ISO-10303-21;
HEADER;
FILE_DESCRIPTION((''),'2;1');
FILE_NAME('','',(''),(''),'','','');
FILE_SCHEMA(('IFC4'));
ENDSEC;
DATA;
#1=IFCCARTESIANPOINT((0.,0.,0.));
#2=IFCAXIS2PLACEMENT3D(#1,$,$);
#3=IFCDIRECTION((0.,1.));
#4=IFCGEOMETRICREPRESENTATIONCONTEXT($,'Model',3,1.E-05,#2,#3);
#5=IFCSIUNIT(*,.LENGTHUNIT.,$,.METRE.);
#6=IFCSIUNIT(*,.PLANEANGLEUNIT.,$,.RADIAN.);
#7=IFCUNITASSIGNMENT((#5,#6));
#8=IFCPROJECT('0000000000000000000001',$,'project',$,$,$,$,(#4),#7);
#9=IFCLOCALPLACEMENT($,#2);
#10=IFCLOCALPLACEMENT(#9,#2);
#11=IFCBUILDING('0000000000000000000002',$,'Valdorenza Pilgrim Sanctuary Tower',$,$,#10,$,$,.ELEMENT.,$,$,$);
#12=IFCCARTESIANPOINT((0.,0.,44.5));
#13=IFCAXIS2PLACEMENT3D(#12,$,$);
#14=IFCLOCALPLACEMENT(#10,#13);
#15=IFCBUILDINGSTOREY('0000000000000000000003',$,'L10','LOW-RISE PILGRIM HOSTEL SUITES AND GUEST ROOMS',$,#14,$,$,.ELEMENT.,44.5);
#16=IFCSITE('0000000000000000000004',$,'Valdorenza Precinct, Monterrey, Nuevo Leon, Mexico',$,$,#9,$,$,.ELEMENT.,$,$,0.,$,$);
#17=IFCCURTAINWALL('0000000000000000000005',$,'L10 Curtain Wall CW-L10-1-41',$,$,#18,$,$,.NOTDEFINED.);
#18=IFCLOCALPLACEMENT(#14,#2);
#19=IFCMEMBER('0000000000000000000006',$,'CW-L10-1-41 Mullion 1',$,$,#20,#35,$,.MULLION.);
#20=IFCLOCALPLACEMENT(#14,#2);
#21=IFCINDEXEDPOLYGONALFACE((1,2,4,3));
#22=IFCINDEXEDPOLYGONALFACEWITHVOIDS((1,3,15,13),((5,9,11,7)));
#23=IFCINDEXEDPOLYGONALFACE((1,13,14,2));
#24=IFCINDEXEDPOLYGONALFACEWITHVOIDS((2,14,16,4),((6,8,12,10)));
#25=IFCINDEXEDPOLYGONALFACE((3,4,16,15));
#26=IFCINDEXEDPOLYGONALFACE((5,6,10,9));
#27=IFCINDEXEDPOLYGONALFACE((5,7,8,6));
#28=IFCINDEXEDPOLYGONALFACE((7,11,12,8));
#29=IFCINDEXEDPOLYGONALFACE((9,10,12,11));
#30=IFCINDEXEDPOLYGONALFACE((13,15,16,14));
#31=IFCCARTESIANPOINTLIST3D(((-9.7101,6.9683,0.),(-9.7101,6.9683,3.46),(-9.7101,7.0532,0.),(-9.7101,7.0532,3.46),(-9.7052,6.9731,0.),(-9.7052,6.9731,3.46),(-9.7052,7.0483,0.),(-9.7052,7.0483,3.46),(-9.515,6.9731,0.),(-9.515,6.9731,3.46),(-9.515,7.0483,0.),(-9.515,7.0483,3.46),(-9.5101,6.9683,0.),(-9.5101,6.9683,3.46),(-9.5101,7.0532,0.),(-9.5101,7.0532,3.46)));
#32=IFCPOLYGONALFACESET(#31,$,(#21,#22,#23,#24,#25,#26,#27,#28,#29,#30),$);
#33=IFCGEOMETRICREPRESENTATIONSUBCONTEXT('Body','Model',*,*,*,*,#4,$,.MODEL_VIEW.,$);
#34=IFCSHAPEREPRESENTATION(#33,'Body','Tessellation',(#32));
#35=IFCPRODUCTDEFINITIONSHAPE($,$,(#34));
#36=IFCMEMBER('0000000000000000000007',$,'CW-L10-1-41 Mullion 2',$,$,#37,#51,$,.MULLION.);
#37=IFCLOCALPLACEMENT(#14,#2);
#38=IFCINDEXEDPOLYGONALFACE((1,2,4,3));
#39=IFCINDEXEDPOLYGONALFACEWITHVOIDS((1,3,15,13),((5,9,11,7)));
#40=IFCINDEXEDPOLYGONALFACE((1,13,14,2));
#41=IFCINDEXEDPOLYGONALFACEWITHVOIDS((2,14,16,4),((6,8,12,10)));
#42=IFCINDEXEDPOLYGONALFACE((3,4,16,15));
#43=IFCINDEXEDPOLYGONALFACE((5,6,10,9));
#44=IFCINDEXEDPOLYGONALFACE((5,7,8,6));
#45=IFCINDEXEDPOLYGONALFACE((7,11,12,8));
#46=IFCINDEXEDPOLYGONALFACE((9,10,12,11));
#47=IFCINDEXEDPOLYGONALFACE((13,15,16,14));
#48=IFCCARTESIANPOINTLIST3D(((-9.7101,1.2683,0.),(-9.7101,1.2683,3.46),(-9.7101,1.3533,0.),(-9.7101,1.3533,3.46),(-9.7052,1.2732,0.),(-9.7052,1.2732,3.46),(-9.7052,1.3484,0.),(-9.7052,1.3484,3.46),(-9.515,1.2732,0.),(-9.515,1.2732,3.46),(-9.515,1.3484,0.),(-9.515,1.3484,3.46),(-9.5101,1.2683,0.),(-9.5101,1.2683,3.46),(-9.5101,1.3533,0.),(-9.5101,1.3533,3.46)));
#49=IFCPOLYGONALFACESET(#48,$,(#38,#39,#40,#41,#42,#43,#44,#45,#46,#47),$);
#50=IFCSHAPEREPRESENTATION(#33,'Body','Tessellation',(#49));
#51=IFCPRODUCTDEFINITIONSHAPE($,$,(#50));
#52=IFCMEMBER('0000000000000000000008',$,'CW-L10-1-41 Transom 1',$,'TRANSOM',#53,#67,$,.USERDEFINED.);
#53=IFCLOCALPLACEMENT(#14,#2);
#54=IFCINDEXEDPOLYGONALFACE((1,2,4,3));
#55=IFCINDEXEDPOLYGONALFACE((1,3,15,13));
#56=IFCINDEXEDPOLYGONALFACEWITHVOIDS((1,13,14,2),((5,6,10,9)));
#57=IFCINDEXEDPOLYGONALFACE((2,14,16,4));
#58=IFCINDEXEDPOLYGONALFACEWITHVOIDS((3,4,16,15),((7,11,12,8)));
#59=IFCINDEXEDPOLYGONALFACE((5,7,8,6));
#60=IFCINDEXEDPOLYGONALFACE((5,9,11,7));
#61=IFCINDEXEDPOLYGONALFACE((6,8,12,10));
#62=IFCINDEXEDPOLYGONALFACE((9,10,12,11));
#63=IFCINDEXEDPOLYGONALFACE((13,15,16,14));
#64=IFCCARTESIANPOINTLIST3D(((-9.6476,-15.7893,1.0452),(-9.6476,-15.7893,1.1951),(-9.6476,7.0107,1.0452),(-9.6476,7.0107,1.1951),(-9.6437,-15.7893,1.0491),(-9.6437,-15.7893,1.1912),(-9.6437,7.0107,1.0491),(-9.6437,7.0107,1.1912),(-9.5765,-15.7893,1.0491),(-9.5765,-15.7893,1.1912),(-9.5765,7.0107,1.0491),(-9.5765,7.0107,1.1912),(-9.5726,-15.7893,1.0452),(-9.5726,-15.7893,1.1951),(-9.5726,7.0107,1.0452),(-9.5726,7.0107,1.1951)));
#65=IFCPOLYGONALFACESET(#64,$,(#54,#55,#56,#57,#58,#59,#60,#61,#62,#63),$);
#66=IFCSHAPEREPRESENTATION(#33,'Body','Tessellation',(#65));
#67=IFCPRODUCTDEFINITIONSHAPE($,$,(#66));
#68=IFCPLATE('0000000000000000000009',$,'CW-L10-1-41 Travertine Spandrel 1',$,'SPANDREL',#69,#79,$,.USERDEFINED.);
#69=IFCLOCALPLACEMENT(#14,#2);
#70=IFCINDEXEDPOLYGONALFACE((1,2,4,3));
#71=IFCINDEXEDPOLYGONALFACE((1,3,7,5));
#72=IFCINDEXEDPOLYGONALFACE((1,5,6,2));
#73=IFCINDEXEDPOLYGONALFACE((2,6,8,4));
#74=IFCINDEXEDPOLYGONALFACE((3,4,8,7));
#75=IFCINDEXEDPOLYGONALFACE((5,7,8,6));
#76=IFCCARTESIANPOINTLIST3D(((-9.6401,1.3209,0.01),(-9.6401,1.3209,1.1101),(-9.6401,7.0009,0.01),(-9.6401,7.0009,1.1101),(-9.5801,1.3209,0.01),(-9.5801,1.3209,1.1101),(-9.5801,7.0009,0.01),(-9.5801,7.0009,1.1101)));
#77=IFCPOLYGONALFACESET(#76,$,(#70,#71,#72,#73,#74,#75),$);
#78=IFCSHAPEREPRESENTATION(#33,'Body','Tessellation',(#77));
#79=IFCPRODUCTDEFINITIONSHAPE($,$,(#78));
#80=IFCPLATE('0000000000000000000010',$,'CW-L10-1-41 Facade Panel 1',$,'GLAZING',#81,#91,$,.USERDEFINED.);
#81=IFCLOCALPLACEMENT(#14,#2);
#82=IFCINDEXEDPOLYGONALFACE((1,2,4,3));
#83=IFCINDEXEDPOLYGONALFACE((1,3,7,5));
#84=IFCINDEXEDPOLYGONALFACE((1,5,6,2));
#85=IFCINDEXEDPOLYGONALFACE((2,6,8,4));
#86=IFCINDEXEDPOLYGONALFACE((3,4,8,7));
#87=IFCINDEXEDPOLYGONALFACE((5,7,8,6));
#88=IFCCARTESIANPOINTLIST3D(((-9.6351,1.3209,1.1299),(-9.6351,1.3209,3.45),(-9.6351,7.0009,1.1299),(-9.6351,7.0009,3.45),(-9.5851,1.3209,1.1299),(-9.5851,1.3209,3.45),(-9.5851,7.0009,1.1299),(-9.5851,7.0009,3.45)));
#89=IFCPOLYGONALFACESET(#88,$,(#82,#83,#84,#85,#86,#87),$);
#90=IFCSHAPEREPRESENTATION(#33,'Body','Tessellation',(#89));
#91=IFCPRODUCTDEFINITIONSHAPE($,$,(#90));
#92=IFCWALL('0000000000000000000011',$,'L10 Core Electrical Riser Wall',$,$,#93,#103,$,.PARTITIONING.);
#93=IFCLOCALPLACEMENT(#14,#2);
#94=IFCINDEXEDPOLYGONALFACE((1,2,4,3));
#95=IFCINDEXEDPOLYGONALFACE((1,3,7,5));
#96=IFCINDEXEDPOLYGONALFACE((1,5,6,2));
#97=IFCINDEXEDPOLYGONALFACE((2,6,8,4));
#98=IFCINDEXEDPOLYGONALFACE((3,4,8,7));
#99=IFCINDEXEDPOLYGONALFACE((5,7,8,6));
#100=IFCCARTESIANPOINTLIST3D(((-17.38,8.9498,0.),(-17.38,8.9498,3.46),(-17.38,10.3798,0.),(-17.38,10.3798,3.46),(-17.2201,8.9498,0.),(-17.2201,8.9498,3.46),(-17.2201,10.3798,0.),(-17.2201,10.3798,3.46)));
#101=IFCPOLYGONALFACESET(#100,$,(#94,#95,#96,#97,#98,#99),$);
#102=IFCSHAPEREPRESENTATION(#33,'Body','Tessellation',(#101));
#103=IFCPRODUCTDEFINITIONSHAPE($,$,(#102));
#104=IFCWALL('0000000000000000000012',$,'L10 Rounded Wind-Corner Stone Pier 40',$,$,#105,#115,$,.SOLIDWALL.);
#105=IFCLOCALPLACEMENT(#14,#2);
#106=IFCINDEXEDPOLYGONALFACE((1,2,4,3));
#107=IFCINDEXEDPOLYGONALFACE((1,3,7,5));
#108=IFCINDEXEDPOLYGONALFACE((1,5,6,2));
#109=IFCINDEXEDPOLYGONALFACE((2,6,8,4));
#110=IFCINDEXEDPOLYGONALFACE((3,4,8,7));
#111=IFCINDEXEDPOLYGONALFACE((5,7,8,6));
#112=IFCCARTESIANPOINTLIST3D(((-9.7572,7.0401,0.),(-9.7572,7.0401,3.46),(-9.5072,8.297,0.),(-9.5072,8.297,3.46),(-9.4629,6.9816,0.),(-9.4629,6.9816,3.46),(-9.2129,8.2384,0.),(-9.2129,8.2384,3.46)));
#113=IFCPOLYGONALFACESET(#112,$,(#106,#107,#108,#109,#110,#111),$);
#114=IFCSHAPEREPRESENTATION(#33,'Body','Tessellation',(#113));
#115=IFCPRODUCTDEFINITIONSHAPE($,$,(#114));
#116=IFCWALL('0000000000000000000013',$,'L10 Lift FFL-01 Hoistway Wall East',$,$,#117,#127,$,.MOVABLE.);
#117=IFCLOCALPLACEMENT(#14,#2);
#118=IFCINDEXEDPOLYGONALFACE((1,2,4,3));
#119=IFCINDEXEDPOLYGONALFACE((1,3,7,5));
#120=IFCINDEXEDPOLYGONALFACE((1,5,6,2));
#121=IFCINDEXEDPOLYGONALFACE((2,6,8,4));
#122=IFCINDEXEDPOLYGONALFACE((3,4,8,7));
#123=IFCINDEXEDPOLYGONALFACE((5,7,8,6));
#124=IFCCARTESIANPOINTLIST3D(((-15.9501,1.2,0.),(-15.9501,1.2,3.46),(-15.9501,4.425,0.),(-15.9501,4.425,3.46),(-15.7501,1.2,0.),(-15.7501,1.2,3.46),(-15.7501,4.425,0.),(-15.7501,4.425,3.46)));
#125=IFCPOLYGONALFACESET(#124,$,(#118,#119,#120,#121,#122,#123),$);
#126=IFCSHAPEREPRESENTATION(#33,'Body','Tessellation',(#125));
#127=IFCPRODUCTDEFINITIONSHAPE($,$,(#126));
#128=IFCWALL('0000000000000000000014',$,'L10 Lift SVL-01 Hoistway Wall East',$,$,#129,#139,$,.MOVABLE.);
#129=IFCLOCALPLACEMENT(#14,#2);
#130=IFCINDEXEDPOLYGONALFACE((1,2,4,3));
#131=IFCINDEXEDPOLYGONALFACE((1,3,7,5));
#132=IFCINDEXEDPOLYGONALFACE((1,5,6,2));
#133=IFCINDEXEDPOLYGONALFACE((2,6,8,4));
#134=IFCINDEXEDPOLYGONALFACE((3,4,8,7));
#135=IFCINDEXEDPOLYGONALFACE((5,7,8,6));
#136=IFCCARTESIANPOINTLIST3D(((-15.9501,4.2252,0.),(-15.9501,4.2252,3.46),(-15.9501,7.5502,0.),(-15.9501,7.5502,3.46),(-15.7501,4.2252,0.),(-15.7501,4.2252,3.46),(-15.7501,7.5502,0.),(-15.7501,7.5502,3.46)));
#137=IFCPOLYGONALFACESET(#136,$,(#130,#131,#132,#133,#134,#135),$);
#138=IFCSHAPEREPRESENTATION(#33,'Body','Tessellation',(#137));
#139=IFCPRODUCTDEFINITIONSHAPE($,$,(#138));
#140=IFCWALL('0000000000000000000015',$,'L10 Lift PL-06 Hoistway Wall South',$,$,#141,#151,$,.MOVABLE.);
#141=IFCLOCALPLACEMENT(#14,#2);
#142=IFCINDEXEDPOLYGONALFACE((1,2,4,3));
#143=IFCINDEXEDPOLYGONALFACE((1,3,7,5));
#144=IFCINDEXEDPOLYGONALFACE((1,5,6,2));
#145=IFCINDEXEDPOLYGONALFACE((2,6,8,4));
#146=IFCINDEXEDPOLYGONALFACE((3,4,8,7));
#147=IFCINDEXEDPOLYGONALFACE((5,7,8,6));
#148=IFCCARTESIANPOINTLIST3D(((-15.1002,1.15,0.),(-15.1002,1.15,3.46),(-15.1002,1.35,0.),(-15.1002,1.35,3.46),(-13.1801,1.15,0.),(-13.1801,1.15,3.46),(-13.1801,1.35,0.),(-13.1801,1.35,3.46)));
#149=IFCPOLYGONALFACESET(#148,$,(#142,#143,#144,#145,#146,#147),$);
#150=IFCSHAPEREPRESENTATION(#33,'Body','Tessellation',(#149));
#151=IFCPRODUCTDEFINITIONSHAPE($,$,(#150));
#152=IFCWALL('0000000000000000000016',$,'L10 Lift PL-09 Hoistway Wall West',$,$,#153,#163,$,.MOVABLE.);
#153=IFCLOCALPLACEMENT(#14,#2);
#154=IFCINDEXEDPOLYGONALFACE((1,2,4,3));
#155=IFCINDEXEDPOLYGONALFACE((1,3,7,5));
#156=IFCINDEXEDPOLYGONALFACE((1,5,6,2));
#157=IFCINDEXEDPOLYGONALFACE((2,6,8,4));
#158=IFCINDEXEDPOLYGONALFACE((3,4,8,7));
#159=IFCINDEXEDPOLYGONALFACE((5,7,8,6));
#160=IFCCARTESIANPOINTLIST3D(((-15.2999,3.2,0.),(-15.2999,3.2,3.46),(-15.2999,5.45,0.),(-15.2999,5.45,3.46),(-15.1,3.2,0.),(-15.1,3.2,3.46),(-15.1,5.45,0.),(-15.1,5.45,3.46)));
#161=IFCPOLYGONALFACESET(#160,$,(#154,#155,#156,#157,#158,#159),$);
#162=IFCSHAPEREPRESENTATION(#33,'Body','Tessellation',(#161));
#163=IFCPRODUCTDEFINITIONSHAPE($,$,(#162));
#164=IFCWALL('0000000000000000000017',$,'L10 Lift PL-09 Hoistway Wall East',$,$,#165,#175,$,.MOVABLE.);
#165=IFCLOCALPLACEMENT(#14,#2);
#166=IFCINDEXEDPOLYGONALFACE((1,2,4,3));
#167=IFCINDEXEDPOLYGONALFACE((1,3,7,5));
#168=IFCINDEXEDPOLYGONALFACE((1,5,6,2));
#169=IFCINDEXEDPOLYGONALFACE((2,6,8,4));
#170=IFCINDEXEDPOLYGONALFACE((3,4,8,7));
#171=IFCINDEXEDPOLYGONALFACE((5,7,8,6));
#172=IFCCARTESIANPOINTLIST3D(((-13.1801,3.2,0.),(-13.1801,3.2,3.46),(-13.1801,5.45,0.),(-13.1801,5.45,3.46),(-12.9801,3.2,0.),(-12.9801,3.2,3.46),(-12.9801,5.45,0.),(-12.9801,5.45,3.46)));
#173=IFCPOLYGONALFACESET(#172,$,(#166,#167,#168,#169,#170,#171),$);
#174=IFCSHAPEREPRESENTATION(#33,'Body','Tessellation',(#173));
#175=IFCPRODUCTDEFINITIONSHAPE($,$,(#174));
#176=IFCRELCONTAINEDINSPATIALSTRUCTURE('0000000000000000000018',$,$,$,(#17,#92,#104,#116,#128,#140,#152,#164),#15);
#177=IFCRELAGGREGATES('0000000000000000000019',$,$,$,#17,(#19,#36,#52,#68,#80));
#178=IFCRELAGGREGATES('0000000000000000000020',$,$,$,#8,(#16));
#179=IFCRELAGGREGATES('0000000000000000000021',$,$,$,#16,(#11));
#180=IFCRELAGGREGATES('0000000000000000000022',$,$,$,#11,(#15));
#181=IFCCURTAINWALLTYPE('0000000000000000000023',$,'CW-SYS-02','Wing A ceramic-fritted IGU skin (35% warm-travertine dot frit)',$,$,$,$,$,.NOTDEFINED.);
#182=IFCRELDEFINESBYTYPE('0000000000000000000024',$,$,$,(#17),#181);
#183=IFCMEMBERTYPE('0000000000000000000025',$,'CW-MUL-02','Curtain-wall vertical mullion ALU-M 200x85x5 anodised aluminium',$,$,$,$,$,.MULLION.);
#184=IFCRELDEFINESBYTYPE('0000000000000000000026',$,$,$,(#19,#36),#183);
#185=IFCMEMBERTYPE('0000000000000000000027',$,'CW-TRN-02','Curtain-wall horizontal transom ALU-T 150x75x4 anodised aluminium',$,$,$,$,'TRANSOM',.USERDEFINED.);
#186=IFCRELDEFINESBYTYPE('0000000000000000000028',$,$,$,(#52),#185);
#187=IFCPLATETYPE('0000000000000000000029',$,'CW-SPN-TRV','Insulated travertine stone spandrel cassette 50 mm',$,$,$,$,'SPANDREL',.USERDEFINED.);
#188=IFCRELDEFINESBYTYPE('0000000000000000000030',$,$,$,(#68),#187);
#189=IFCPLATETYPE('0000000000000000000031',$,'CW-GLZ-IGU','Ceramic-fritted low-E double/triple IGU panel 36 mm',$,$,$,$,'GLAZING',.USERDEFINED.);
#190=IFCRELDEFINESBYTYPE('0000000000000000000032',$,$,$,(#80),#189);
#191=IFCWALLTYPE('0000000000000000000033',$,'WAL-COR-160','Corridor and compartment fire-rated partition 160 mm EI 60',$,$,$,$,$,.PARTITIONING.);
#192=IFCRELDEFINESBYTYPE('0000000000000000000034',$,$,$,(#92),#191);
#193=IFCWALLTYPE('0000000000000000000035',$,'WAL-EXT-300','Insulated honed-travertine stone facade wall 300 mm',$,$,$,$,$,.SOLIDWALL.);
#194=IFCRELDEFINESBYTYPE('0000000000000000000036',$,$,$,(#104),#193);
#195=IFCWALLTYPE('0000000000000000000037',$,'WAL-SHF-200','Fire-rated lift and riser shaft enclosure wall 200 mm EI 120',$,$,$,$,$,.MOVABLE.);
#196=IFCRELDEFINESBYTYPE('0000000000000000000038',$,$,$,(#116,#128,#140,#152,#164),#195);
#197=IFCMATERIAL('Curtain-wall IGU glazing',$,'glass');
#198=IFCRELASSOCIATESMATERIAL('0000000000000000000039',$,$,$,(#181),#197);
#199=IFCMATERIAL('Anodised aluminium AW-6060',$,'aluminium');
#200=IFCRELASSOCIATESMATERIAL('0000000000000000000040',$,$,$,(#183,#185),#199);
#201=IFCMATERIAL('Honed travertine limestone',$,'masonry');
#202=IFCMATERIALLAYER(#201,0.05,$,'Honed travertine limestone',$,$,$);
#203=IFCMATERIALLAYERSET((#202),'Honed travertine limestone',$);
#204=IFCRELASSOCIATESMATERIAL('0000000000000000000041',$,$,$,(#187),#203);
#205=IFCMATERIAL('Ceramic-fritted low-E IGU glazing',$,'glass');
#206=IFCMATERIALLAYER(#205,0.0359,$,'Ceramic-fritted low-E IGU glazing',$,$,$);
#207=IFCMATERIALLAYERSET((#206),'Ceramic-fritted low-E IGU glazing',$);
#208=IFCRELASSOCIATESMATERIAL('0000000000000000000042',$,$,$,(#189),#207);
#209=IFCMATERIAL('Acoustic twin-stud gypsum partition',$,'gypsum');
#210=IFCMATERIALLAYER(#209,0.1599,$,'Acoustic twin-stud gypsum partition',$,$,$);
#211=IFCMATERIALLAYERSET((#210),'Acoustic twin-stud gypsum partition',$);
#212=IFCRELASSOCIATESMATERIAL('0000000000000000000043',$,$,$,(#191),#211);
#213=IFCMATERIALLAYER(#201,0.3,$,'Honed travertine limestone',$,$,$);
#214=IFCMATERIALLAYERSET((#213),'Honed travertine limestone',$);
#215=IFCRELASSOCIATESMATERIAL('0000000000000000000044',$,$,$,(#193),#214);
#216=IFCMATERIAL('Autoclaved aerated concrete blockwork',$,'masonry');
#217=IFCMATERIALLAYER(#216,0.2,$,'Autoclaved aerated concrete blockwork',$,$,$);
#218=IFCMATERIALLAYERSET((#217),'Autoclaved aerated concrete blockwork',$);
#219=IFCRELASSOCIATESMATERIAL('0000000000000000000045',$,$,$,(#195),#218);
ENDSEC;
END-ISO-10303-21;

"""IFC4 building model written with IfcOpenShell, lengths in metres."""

from ifc_helpers import new_model, si_unit, direction, frame, frame_2d, origin, origin_2d, place, context, subcontext, project, spatial, rectangle, hollow_rectangle, extrude, source, transform, mapped, material, layer, layer_set, material_profile, profile_set, type_object, element, aggregate, save


model = new_model("IFC4")

# Units and contexts
model_context = context("Model", 3, precision=1e-05, world=origin(), true_north=direction((0.0, 1.0)))
body_context = subcontext(model_context, "Body", "Model", "MODEL_VIEW")
ifc_project = project(units=[si_unit("LENGTHUNIT", "METRE"), si_unit("PLANEANGLEUNIT", "RADIAN")], contexts=[model_context])

# Site, building, storey
site_placement = place(None, origin())
site = spatial("IfcSite", under=ifc_project, at=site_placement, Name="Valdorenza Precinct, Monterrey, Nuevo Leon, Mexico", CompositionType="ELEMENT", RefElevation=0.0)
building_placement = place(site_placement, origin())
building = spatial("IfcBuilding", under=site, at=building_placement, Name="Valdorenza Pilgrim Sanctuary Tower", CompositionType="ELEMENT")
storey_placement = place(building_placement, frame((0.0, 0.0, 44.5)))
storey = spatial("IfcBuildingStorey", under=building, at=storey_placement, Name="L10", Description="LOW-RISE PILGRIM HOSTEL SUITES AND GUEST ROOMS", CompositionType="ELEMENT", Elevation=44.5)

# Curtain wall, members, plates
ifc_material_1 = material(Name="Curtain-wall IGU glazing", Category="glass")
curtain_wall_type = type_object("IfcCurtainWallType", Name="CW-SYS-02", Description="Wing A ceramic-fritted IGU skin (35% warm-travertine dot frit)", PredefinedType="NOTDEFINED", material=ifc_material_1)
curtain_wall_placement = place(storey_placement, origin())
curtain_wall = element("IfcCurtainWall", 1, at=curtain_wall_placement, inside=storey, type_object=curtain_wall_type, Name="L10 Curtain Wall CW-L10-1-41", PredefinedType="NOTDEFINED")
ifc_material_2 = material(Name="Anodised aluminium AW-6060", Category="aluminium")
ifc_material_profile_1 = material_profile(ifc_material_2, hollow_rectangle(XDim=0.085, YDim=0.2, WallThickness=0.0049, at=origin_2d()), Name="ALU-M 200x85x5")
ifc_profile_set_1 = profile_set([ifc_material_profile_1], Name="Anodised aluminium AW-6060")
member_type_1 = type_object("IfcMemberType", Name="CW-MUL-02", Description="Curtain-wall vertical mullion ALU-M 200x85x5 anodised aluminium", PredefinedType="MULLION", material=ifc_profile_set_1)
shared_shape_1 = source(origin(), body_context, "Body", "SweptSolid", [
    extrude(hollow_rectangle(XDim=0.085, YDim=0.2, WallThickness=0.0049, at=origin_2d()), origin(), (0.0, 0.0, 1.0), 3.46),
])
member_1_placement = place(storey_placement, frame((-9.6101, 7.0107, 0.0), z_axis=(0.0, 0.0, 1.0), x_axis=(0.0, -1.0, 0.0)))
member_1 = element("IfcMember", 2, at=member_1_placement, type_object=member_type_1, Name="CW-L10-1-41 Mullion 1", PredefinedType="MULLION", context=body_context, shape_type="MappedRepresentation", body=[
    mapped(shared_shape_1, transform((0.0, 0.0, 0.0), x_axis=(1.0, 0.0, 0.0), y_axis=(0.0, 1.0, 0.0), z_axis=(0.0, 0.0, 1.0), scale=1.0)),
])
member_2_placement = place(storey_placement, frame((-9.6101, 1.3108, 0.0), z_axis=(0.0, 0.0, 1.0), x_axis=(0.0, -1.0, 0.0)))
member_2 = element("IfcMember", 3, at=member_2_placement, type_object=member_type_1, Name="CW-L10-1-41 Mullion 2", PredefinedType="MULLION", context=body_context, shape_type="MappedRepresentation", body=[
    mapped(shared_shape_1, transform((0.0, 0.0, 0.0), x_axis=(1.0, 0.0, 0.0), y_axis=(0.0, 1.0, 0.0), z_axis=(0.0, 0.0, 1.0), scale=1.0)),
])
ifc_material_profile_2 = material_profile(ifc_material_2, hollow_rectangle(XDim=0.075, YDim=0.1499, WallThickness=0.0039, at=origin_2d()), Name="ALU-T 150x75x4")
ifc_profile_set_2 = profile_set([ifc_material_profile_2], Name="Anodised aluminium AW-6060")
member_type_2 = type_object("IfcMemberType", Name="CW-TRN-02", Description="Curtain-wall horizontal transom ALU-T 150x75x4 anodised aluminium", ElementType="TRANSOM", PredefinedType="USERDEFINED", material=ifc_profile_set_2)
shared_shape_2 = source(origin(), body_context, "Body", "SweptSolid", [
    extrude(hollow_rectangle(XDim=0.075, YDim=0.1499, WallThickness=0.0039, at=origin_2d()), origin(), (0.0, 0.0, 1.0), 22.8),
])
member_3_placement = place(storey_placement, frame((-9.6101, 7.0107, 1.1201), z_axis=(0.0, -1.0, 0.0), x_axis=(1.0, 0.0, 0.0)))
member_3 = element("IfcMember", 4, at=member_3_placement, type_object=member_type_2, Name="CW-L10-1-41 Transom 1", ObjectType="TRANSOM", PredefinedType="USERDEFINED", context=body_context, shape_type="MappedRepresentation", body=[
    mapped(shared_shape_2, transform((0.0, 0.0, 0.0), x_axis=(1.0, 0.0, 0.0), y_axis=(0.0, 1.0, 0.0), z_axis=(0.0, 0.0, 1.0), scale=1.0)),
])
ifc_material_3 = material(Name="Honed travertine limestone", Category="masonry")
ifc_layer_1 = layer(ifc_material_3, 0.05, Name="Honed travertine limestone")
ifc_layer_set_1 = layer_set([ifc_layer_1], Name="Honed travertine limestone")
plate_type_1 = type_object("IfcPlateType", Name="CW-SPN-TRV", Description="Insulated travertine stone spandrel cassette 50 mm", ElementType="SPANDREL", PredefinedType="USERDEFINED", material=ifc_layer_set_1)
shared_shape_3 = source(origin(), body_context, "Body", "SweptSolid", [
    extrude(rectangle(XDim=5.6799, YDim=0.0601, at=origin_2d()), origin(), (0.0, 0.0, 1.0), 1.1001),
])
plate_1_placement = place(storey_placement, frame((-9.6101, 4.1609, 0.01), z_axis=(0.0, 0.0, 1.0), x_axis=(0.0, -1.0, 0.0)))
plate_1 = element("IfcPlate", 5, at=plate_1_placement, type_object=plate_type_1, Name="CW-L10-1-41 Travertine Spandrel 1", ObjectType="SPANDREL", PredefinedType="USERDEFINED", context=body_context, shape_type="MappedRepresentation", body=[
    mapped(shared_shape_3, transform((0.0, 0.0, 0.0), x_axis=(1.0, 0.0, 0.0), y_axis=(0.0, 1.0, 0.0), z_axis=(0.0, 0.0, 1.0), scale=1.0)),
])
ifc_material_4 = material(Name="Ceramic-fritted low-E IGU glazing", Category="glass")
ifc_layer_2 = layer(ifc_material_4, 0.0359, Name="Ceramic-fritted low-E IGU glazing")
ifc_layer_set_2 = layer_set([ifc_layer_2], Name="Ceramic-fritted low-E IGU glazing")
plate_type_2 = type_object("IfcPlateType", Name="CW-GLZ-IGU", Description="Ceramic-fritted low-E double/triple IGU panel 36 mm", ElementType="GLAZING", PredefinedType="USERDEFINED", material=ifc_layer_set_2)
shared_shape_4 = source(origin(), body_context, "Body", "SweptSolid", [
    extrude(rectangle(XDim=5.6799, YDim=0.05, at=origin_2d()), origin(), (0.0, 0.0, 1.0), 2.3201),
])
plate_2_placement = place(storey_placement, frame((-9.6101, 4.1609, 1.1299), z_axis=(0.0, 0.0, 1.0), x_axis=(0.0, -1.0, 0.0)))
plate_2 = element("IfcPlate", 6, at=plate_2_placement, type_object=plate_type_2, Name="CW-L10-1-41 Facade Panel 1", ObjectType="GLAZING", PredefinedType="USERDEFINED", context=body_context, shape_type="MappedRepresentation", body=[
    mapped(shared_shape_4, transform((0.0, 0.0, 0.0), x_axis=(1.0, 0.0, 0.0), y_axis=(0.0, 1.0, 0.0), z_axis=(0.0, 0.0, 1.0), scale=1.0)),
])
aggregate(curtain_wall, [member_1, member_2, member_3, plate_1, plate_2])

# Walls
ifc_material_5 = material(Name="Acoustic twin-stud gypsum partition", Category="gypsum")
ifc_layer_3 = layer(ifc_material_5, 0.1599, Name="Acoustic twin-stud gypsum partition")
ifc_layer_set_3 = layer_set([ifc_layer_3], Name="Acoustic twin-stud gypsum partition")
wall_type_1 = type_object("IfcWallType", Name="WAL-COR-160", Description="Corridor and compartment fire-rated partition 160 mm EI 60", PredefinedType="PARTITIONING", material=ifc_layer_set_3)
wall_1_placement = place(storey_placement, frame((-17.3, 8.95, 0.0), z_axis=(0.0, 0.0, 1.0), x_axis=(0.0, 1.0, 0.0)))
element("IfcWall", 7, at=wall_1_placement, inside=storey, type_object=wall_type_1, Name="L10 Core Electrical Riser Wall", PredefinedType="PARTITIONING", context=body_context, shape_type="SweptSolid", body=[
    extrude(rectangle(XDim=1.4299, YDim=0.1599, at=frame_2d((0.7148, 0.0))), origin(), (0.0, 0.0, 1.0), 3.46),
])
ifc_layer_4 = layer(ifc_material_3, 0.3, Name="Honed travertine limestone")
ifc_layer_set_4 = layer_set([ifc_layer_4], Name="Honed travertine limestone")
wall_type_2 = type_object("IfcWallType", Name="WAL-EXT-300", Description="Insulated honed-travertine stone facade wall 300 mm", PredefinedType="SOLIDWALL", material=ifc_layer_set_4)
wall_2_placement = place(storey_placement, frame((-9.3601, 8.2676, 0.0), z_axis=(0.0, 0.0, 1.0), x_axis=(-0.19509, -0.980785, 0.0)))
element("IfcWall", 8, at=wall_2_placement, inside=storey, type_object=wall_type_2, Name="L10 Rounded Wind-Corner Stone Pier 40", PredefinedType="SOLIDWALL", context=body_context, shape_type="SweptSolid", body=[
    extrude(rectangle(XDim=1.2815, YDim=0.3, at=frame_2d((0.6406, 0.0))), origin(), (0.0, 0.0, 1.0), 3.46),
])
ifc_material_6 = material(Name="Autoclaved aerated concrete blockwork", Category="masonry")
ifc_layer_5 = layer(ifc_material_6, 0.2, Name="Autoclaved aerated concrete blockwork")
ifc_layer_set_5 = layer_set([ifc_layer_5], Name="Autoclaved aerated concrete blockwork")
wall_type_3 = type_object("IfcWallType", Name="WAL-SHF-200", Description="Fire-rated lift and riser shaft enclosure wall 200 mm EI 120", PredefinedType="MOVABLE", material=ifc_layer_set_5)
wall_3_placement = place(storey_placement, frame((-15.8501, 1.2, 0.0), z_axis=(0.0, 0.0, 1.0), x_axis=(0.0, 1.0, 0.0)))
element("IfcWall", 9, at=wall_3_placement, inside=storey, type_object=wall_type_3, Name="L10 Lift FFL-01 Hoistway Wall East", PredefinedType="MOVABLE", context=body_context, shape_type="SweptSolid", body=[
    extrude(rectangle(XDim=3.2251, YDim=0.2, at=frame_2d((1.6125, 0.0))), origin(), (0.0, 0.0, 1.0), 3.46),
])
wall_4_placement = place(storey_placement, frame((-15.8501, 4.2251, 0.0), z_axis=(0.0, 0.0, 1.0), x_axis=(0.0, 1.0, 0.0)))
element("IfcWall", 10, at=wall_4_placement, inside=storey, type_object=wall_type_3, Name="L10 Lift SVL-01 Hoistway Wall East", PredefinedType="MOVABLE", context=body_context, shape_type="SweptSolid", body=[
    extrude(rectangle(XDim=3.325, YDim=0.2, at=frame_2d((1.6626, 0.0))), origin(), (0.0, 0.0, 1.0), 3.46),
])
wall_5_placement = place(storey_placement, frame((-15.1001, 1.25, 0.0), z_axis=(0.0, 0.0, 1.0), x_axis=(1.0, 0.0, 0.0)))
element("IfcWall", 11, at=wall_5_placement, inside=storey, type_object=wall_type_3, Name="L10 Lift PL-06 Hoistway Wall South", PredefinedType="MOVABLE", context=body_context, shape_type="SweptSolid", body=[
    extrude(rectangle(XDim=1.9202, YDim=0.2, at=frame_2d((0.96, 0.0))), origin(), (0.0, 0.0, 1.0), 3.46),
])
for number, where, z_axis, x_axis, name in (
    (12, (-15.2, 3.2, 0.0), (0.0, 0.0, 1.0), (0.0, 1.0, 0.0), "L10 Lift PL-09 Hoistway Wall West"),
    (13, (-13.0801, 3.2, 0.0), (0.0, 0.0, 1.0), (0.0, 1.0, 0.0), "L10 Lift PL-09 Hoistway Wall East"),
):
    element("IfcWall", number, at=place(storey_placement, frame(where, z_axis=z_axis, x_axis=x_axis)), inside=storey, type_object=wall_type_3, Name=name, PredefinedType="MOVABLE", context=body_context, shape_type="SweptSolid", body=[
        extrude(rectangle(XDim=2.25, YDim=0.2, at=frame_2d((1.125, 0.0))), origin(), (0.0, 0.0, 1.0), 3.46),
    ])

save(model, "model.ifc")
